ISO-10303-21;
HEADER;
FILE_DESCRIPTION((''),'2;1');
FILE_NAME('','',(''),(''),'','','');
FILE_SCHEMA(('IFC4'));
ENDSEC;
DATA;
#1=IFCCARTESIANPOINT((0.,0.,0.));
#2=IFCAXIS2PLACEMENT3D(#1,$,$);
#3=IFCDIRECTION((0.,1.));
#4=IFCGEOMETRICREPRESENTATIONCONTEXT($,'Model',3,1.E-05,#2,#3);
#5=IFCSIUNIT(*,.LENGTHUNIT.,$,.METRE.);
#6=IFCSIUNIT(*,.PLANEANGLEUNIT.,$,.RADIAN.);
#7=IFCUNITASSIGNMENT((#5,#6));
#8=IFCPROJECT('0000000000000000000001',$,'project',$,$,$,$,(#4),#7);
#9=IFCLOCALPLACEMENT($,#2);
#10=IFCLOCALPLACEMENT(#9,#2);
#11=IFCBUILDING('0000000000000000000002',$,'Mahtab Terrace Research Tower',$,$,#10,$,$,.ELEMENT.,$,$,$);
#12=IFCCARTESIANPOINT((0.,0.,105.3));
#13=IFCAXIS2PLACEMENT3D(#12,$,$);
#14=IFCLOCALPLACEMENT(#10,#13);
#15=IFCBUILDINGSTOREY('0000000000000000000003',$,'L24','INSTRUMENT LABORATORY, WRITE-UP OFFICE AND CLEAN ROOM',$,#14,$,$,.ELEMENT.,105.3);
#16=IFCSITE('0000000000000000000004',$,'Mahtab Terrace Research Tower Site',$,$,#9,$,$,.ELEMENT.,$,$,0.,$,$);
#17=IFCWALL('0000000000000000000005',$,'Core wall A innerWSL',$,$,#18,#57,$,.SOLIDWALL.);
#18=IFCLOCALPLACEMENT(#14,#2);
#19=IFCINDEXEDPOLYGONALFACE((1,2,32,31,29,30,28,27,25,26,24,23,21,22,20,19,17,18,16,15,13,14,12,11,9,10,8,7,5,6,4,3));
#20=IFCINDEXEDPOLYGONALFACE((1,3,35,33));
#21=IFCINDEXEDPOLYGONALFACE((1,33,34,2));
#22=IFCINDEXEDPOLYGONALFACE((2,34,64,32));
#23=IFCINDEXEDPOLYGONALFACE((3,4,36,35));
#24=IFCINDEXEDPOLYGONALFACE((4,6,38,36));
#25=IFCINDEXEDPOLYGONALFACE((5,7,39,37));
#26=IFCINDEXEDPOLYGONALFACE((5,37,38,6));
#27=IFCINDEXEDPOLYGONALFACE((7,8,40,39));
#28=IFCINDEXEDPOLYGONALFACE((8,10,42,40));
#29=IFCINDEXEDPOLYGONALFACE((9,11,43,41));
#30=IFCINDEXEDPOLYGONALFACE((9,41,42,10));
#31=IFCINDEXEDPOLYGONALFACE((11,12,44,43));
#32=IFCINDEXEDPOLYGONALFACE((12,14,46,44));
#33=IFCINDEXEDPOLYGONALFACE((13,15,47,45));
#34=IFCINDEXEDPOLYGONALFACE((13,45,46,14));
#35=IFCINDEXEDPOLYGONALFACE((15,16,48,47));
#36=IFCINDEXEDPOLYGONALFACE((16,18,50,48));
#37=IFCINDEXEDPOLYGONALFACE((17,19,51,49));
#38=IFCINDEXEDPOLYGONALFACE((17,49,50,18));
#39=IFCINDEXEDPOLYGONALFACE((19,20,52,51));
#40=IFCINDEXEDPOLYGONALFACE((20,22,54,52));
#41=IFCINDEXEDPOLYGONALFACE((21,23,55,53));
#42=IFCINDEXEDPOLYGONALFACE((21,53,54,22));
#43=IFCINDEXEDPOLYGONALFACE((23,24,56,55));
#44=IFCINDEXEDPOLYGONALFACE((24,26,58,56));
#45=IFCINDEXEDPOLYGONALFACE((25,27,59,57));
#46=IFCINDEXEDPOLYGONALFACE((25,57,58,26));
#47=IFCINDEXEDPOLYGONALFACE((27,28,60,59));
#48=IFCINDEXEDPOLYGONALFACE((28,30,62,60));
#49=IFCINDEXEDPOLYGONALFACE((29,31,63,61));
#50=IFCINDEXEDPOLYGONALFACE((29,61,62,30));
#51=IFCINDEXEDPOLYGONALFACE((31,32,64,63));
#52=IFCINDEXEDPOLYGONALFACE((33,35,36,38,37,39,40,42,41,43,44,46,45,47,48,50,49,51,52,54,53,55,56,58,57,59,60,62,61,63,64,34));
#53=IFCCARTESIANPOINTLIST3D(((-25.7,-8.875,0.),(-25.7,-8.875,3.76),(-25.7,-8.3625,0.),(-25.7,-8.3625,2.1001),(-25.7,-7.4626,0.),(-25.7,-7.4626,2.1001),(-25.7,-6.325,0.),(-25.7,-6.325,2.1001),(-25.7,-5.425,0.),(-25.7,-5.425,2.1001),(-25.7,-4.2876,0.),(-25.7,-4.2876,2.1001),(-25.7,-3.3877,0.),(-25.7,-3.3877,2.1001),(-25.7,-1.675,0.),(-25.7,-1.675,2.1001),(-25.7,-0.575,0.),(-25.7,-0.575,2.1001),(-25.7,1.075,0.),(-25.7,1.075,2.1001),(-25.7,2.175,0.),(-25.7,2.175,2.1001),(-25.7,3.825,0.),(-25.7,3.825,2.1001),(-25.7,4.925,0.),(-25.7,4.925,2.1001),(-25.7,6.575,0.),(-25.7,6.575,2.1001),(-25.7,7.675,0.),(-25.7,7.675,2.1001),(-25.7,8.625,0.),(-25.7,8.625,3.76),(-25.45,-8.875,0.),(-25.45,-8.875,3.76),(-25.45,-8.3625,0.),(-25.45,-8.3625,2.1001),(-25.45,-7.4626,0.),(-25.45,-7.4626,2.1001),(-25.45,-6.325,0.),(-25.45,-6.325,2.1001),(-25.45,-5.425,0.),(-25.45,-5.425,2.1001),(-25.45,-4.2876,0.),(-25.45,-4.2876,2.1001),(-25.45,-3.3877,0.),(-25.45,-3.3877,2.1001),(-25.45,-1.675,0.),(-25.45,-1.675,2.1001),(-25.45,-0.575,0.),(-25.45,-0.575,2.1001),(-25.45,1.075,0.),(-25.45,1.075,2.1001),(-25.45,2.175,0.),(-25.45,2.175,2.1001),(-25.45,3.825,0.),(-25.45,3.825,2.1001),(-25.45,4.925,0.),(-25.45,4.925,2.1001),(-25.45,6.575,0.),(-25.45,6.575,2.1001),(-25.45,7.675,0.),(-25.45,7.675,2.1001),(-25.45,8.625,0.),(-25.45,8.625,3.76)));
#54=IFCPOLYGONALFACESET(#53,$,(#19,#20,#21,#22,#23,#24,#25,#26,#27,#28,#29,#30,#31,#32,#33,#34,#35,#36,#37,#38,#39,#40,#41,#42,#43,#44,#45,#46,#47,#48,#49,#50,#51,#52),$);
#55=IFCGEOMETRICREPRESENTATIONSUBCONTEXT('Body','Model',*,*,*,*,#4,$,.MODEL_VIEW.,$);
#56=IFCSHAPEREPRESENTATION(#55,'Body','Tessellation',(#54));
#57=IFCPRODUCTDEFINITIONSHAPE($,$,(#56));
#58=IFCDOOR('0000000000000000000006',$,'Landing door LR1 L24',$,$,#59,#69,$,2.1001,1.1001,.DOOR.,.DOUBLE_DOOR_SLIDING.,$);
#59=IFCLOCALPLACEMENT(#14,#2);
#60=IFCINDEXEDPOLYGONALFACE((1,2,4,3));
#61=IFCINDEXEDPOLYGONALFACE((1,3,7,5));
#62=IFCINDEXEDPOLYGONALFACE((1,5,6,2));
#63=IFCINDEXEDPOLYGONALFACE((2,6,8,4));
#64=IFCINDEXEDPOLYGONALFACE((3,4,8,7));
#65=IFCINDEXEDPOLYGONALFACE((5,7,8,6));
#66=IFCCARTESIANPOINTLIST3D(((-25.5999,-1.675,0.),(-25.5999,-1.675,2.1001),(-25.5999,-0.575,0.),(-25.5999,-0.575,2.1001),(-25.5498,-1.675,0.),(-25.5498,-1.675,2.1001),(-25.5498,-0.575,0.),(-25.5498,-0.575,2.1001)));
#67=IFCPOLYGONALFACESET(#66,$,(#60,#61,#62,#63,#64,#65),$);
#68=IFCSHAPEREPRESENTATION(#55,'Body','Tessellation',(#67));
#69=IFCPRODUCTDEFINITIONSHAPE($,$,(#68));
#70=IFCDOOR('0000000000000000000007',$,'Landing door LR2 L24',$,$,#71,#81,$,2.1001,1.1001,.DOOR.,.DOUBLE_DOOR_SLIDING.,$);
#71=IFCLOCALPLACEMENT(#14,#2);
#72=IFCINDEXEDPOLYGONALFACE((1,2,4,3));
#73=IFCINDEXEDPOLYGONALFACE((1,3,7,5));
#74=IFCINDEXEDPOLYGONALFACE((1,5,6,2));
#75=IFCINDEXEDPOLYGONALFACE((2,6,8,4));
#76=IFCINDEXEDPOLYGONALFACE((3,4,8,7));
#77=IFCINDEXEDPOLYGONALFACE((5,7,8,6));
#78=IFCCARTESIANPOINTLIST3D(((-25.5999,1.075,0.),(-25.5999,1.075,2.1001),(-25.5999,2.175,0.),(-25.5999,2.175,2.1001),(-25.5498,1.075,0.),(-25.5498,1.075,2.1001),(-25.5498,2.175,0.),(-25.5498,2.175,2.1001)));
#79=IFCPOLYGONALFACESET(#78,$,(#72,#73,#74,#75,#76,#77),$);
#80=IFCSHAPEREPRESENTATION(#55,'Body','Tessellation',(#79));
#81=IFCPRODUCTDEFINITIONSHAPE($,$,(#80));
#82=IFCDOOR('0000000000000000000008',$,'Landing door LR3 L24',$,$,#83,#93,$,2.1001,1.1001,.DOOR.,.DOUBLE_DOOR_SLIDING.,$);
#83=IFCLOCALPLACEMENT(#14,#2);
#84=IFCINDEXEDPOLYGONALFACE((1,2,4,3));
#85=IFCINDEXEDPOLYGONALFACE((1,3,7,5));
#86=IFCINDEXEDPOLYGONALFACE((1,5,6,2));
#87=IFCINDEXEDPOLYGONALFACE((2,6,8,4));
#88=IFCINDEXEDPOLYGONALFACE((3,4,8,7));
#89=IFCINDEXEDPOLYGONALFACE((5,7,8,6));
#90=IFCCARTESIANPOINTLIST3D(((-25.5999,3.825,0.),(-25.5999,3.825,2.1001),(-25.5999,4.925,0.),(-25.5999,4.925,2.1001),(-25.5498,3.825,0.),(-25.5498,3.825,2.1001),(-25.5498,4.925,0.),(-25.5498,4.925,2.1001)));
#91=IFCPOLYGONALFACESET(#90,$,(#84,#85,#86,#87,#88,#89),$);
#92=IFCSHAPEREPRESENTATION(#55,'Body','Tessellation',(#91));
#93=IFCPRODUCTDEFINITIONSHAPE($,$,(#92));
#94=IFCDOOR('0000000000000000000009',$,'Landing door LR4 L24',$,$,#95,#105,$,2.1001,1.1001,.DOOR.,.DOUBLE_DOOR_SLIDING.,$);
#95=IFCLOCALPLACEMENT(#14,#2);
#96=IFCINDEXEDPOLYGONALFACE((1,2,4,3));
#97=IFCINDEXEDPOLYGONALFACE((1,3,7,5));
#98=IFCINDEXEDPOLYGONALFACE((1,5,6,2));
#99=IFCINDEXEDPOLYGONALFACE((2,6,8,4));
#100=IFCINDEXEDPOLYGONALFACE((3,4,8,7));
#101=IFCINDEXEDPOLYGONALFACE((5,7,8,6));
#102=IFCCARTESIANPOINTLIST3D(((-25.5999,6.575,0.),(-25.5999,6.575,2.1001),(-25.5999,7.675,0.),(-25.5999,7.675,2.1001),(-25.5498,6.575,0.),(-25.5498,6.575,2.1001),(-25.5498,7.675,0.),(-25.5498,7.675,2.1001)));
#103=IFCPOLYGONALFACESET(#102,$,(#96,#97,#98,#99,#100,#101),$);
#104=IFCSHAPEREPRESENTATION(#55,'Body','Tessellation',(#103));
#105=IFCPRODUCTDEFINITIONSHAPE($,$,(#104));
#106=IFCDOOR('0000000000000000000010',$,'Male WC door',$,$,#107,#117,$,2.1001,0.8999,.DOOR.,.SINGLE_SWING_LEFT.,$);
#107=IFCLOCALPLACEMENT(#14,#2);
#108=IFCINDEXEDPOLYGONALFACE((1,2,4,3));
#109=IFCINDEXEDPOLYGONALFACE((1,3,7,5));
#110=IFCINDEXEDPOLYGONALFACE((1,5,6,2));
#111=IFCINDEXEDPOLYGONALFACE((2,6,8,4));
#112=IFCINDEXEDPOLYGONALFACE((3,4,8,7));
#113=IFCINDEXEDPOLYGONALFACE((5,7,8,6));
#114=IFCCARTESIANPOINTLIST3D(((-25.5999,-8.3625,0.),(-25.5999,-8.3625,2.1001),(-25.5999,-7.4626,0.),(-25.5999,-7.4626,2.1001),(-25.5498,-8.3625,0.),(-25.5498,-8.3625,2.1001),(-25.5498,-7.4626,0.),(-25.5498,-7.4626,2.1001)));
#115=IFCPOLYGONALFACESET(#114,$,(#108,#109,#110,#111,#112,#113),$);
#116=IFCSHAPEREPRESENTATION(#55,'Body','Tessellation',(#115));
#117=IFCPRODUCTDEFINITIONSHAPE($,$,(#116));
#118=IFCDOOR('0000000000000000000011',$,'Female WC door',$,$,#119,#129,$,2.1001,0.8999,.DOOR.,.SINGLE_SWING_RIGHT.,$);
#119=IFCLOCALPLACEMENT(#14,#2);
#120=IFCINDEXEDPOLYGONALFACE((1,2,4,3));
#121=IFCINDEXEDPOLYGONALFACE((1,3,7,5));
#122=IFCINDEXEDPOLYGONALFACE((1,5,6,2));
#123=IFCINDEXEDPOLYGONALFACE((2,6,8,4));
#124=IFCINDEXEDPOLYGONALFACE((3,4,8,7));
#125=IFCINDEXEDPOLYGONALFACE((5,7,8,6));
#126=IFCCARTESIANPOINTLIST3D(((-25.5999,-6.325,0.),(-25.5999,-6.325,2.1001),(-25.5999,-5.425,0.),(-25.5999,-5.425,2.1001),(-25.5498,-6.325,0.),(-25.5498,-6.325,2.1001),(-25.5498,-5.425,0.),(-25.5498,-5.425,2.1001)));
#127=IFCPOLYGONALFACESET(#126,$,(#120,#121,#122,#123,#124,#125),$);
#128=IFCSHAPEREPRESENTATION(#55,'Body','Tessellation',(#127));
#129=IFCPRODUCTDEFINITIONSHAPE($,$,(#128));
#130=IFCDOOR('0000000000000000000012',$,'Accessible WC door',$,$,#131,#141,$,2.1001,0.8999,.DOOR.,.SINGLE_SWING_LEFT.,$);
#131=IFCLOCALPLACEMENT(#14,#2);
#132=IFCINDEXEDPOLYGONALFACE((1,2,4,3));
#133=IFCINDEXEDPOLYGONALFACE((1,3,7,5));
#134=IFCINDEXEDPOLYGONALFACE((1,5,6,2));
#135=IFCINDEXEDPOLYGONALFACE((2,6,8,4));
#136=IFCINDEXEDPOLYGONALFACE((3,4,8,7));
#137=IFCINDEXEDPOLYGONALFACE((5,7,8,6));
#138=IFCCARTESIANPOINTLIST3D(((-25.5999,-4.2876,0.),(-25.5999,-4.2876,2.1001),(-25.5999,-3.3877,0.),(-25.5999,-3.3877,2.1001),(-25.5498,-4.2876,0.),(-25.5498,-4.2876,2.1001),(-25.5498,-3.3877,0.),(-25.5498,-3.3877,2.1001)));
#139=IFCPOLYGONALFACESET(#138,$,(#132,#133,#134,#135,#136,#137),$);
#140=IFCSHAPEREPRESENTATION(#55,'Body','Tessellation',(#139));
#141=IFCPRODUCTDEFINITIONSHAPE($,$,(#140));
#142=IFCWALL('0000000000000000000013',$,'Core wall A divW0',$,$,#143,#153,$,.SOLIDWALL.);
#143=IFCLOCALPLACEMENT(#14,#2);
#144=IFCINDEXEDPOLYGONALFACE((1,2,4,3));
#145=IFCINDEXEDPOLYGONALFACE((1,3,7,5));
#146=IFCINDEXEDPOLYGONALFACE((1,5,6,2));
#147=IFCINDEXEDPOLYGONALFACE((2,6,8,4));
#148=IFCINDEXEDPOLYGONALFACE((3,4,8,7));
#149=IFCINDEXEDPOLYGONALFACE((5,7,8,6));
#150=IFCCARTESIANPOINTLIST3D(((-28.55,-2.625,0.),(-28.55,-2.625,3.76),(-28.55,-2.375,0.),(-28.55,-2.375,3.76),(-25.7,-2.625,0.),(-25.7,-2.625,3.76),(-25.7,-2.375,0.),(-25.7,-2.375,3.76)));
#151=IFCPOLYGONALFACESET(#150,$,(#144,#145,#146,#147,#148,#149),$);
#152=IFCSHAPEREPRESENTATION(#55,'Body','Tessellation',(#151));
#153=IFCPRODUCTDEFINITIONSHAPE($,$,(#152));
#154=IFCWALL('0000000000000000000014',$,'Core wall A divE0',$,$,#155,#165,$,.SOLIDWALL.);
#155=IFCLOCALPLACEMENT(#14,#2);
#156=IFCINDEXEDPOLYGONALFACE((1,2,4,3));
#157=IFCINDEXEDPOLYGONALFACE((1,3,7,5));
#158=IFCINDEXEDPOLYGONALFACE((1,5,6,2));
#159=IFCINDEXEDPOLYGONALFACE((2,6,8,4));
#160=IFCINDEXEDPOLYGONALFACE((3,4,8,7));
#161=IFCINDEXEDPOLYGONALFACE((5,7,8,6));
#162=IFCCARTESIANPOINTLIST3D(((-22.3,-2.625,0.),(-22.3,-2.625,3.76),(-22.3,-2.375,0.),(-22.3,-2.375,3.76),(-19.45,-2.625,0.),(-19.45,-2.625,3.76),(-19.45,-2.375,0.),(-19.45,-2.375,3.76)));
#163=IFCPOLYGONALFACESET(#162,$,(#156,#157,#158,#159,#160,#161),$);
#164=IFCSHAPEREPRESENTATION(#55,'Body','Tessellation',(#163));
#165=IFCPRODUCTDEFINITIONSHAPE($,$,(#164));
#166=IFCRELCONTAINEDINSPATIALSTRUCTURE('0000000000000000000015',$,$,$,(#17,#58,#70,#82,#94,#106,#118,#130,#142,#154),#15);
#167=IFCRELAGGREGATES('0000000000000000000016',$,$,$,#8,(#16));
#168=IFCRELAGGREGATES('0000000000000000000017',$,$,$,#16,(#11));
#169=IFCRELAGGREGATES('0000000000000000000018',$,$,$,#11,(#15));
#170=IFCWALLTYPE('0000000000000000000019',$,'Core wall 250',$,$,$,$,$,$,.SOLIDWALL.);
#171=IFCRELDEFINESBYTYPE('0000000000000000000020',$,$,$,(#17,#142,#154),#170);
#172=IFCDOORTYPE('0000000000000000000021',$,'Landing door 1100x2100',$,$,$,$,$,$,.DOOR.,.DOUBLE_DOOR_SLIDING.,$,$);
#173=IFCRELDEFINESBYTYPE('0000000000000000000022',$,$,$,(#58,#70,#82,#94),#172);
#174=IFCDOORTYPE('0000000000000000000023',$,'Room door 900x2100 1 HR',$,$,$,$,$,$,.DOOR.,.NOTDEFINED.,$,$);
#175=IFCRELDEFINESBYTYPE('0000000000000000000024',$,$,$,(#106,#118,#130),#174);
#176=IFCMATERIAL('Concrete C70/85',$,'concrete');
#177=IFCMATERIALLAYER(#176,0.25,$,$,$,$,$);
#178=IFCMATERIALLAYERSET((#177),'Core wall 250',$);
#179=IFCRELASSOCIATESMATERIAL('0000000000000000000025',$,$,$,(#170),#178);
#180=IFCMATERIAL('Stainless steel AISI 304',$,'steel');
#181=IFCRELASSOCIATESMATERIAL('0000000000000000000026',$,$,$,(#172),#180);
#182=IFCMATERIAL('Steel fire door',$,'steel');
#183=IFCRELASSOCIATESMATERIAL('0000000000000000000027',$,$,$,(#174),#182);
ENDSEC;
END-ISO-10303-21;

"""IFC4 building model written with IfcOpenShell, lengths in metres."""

from ifc_helpers import new_model, si_unit, direction, frame, frame_2d, origin, place, context, subcontext, project, spatial, rectangle, extrude, material, layer, layer_set, type_object, element, fill, save


model = new_model("IFC4")

# Units and contexts
model_context = context("Model", 3, precision=1e-05, world=origin(), true_north=direction((0.0, 1.0)))
body_context = subcontext(model_context, "Body", "Model", "MODEL_VIEW")
ifc_project = project(units=[si_unit("LENGTHUNIT", "METRE"), si_unit("PLANEANGLEUNIT", "RADIAN")], contexts=[model_context])

# Site, building, storey
site_placement = place(None, origin())
site = spatial("IfcSite", under=ifc_project, at=site_placement, Name="Mahtab Terrace Research Tower Site", CompositionType="ELEMENT", RefElevation=0.0)
building_placement = place(site_placement, origin())
building = spatial("IfcBuilding", under=site, at=building_placement, Name="Mahtab Terrace Research Tower", CompositionType="ELEMENT")
storey_placement = place(building_placement, frame((0.0, 0.0, 105.3)))
storey = spatial("IfcBuildingStorey", under=building, at=storey_placement, Name="L24", Description="INSTRUMENT LABORATORY, WRITE-UP OFFICE AND CLEAN ROOM", CompositionType="ELEMENT", Elevation=105.3)

# Shared definitions
ifc_material_1 = material(Name="Concrete C70/85", Category="concrete")

# Shared definitions
ifc_layer_1 = layer(ifc_material_1, 0.25)
ifc_layer_set_1 = layer_set([ifc_layer_1], Name="Core wall 250")
wall_type_1 = type_object("IfcWallType", Name="Core wall 250", PredefinedType="SOLIDWALL", material=ifc_layer_set_1)

# Shared definitions
ifc_material_2 = material(Name="Steel fire door", Category="steel")

# Wall, openings, doors
wall_1_placement = place(storey_placement, frame((-25.575, -8.875, 0.0), z_axis=(0.0, 0.0, 1.0), x_axis=(0.0, 1.0, 0.0)))
wall_1 = element("IfcWall", 1, at=wall_1_placement, inside=storey, type_object=wall_type_1, Name="Core wall A innerWSL", PredefinedType="SOLIDWALL", context=body_context, shape_type="SweptSolid", body=[
    extrude(rectangle(XDim=17.5, YDim=0.25, at=frame_2d((8.75, 0.0))), origin(), (0.0, 0.0, 1.0), 3.76),
])
opening_1_placement = place(wall_1_placement, frame((7.2, 0.0, 0.0)))
opening_1 = element("IfcOpeningElement", 2, at=opening_1_placement, cuts=wall_1, PredefinedType="OPENING", context=body_context, shape_type="SweptSolid", body=[
    extrude(rectangle(XDim=1.1001, YDim=2.1001, at=frame_2d((0.55, 1.05))), frame((0.0, 0.135, 0.0), z_axis=(0.0, -1.0, 0.0), x_axis=(1.0, 0.0, 0.0)), (0.0, 0.0, 1.0), 0.27),
])
opening_2_placement = place(wall_1_placement, frame((9.95, 0.0, 0.0)))
opening_2 = element("IfcOpeningElement", 3, at=opening_2_placement, cuts=wall_1, PredefinedType="OPENING", context=body_context, shape_type="SweptSolid", body=[
    extrude(rectangle(XDim=1.1001, YDim=2.1001, at=frame_2d((0.55, 1.05))), frame((0.0, 0.135, 0.0), z_axis=(0.0, -1.0, 0.0), x_axis=(1.0, 0.0, 0.0)), (0.0, 0.0, 1.0), 0.27),
])
opening_3_placement = place(wall_1_placement, frame((12.7, 0.0, 0.0)))
opening_3 = element("IfcOpeningElement", 4, at=opening_3_placement, cuts=wall_1, PredefinedType="OPENING", context=body_context, shape_type="SweptSolid", body=[
    extrude(rectangle(XDim=1.1001, YDim=2.1001, at=frame_2d((0.55, 1.05))), frame((0.0, 0.135, 0.0), z_axis=(0.0, -1.0, 0.0), x_axis=(1.0, 0.0, 0.0)), (0.0, 0.0, 1.0), 0.27),
])
opening_4_placement = place(wall_1_placement, frame((15.45, 0.0, 0.0)))
opening_4 = element("IfcOpeningElement", 5, at=opening_4_placement, cuts=wall_1, PredefinedType="OPENING", context=body_context, shape_type="SweptSolid", body=[
    extrude(rectangle(XDim=1.1001, YDim=2.1001, at=frame_2d((0.55, 1.05))), frame((0.0, 0.135, 0.0), z_axis=(0.0, -1.0, 0.0), x_axis=(1.0, 0.0, 0.0)), (0.0, 0.0, 1.0), 0.27),
])
opening_5_placement = place(wall_1_placement, frame((0.5125, 0.0, 0.0)))
opening_5 = element("IfcOpeningElement", 6, at=opening_5_placement, cuts=wall_1, PredefinedType="OPENING", context=body_context, shape_type="SweptSolid", body=[
    extrude(rectangle(XDim=0.8999, YDim=2.1001, at=frame_2d((0.45, 1.05))), frame((0.0, 0.135, 0.0), z_axis=(0.0, -1.0, 0.0), x_axis=(1.0, 0.0, 0.0)), (0.0, 0.0, 1.0), 0.27),
])
opening_6_placement = place(wall_1_placement, frame((2.55, 0.0, 0.0)))
opening_6 = element("IfcOpeningElement", 7, at=opening_6_placement, cuts=wall_1, PredefinedType="OPENING", context=body_context, shape_type="SweptSolid", body=[
    extrude(rectangle(XDim=0.8999, YDim=2.1001, at=frame_2d((0.45, 1.05))), frame((0.0, 0.135, 0.0), z_axis=(0.0, -1.0, 0.0), x_axis=(1.0, 0.0, 0.0)), (0.0, 0.0, 1.0), 0.27),
])
opening_7_placement = place(wall_1_placement, frame((4.5874, 0.0, 0.0)))
opening_7 = element("IfcOpeningElement", 8, at=opening_7_placement, cuts=wall_1, PredefinedType="OPENING", context=body_context, shape_type="SweptSolid", body=[
    extrude(rectangle(XDim=0.8999, YDim=2.1001, at=frame_2d((0.45, 1.05))), frame((0.0, 0.135, 0.0), z_axis=(0.0, -1.0, 0.0), x_axis=(1.0, 0.0, 0.0)), (0.0, 0.0, 1.0), 0.27),
])
ifc_material_3 = material(Name="Stainless steel AISI 304", Category="steel")
door_type_1 = type_object("IfcDoorType", Name="Landing door 1100x2100", OperationType="DOUBLE_DOOR_SLIDING", PredefinedType="DOOR", material=ifc_material_3)
door_1_placement = place(opening_1_placement, origin())
door_1 = element("IfcDoor", 9, at=door_1_placement, inside=storey, type_object=door_type_1, Name="Landing door LR1 L24", OperationType="DOUBLE_DOOR_SLIDING", OverallHeight=2.1001, OverallWidth=1.1001, PredefinedType="DOOR", context=body_context, shape_type="SweptSolid", body=[
    extrude(rectangle(XDim=1.1001, YDim=2.1001, at=frame_2d((0.55, 1.05))), frame((0.0, 0.0249, 0.0), z_axis=(0.0, -1.0, 0.0), x_axis=(1.0, 0.0, 0.0)), (0.0, 0.0, 1.0), 0.05),
])
fill(opening_1, door_1)
door_2_placement = place(opening_2_placement, origin())
door_2 = element("IfcDoor", 10, at=door_2_placement, inside=storey, type_object=door_type_1, Name="Landing door LR2 L24", OperationType="DOUBLE_DOOR_SLIDING", OverallHeight=2.1001, OverallWidth=1.1001, PredefinedType="DOOR", context=body_context, shape_type="SweptSolid", body=[
    extrude(rectangle(XDim=1.1001, YDim=2.1001, at=frame_2d((0.55, 1.05))), frame((0.0, 0.0249, 0.0), z_axis=(0.0, -1.0, 0.0), x_axis=(1.0, 0.0, 0.0)), (0.0, 0.0, 1.0), 0.05),
])
fill(opening_2, door_2)
door_3_placement = place(opening_3_placement, origin())
door_3 = element("IfcDoor", 11, at=door_3_placement, inside=storey, type_object=door_type_1, Name="Landing door LR3 L24", OperationType="DOUBLE_DOOR_SLIDING", OverallHeight=2.1001, OverallWidth=1.1001, PredefinedType="DOOR", context=body_context, shape_type="SweptSolid", body=[
    extrude(rectangle(XDim=1.1001, YDim=2.1001, at=frame_2d((0.55, 1.05))), frame((0.0, 0.0249, 0.0), z_axis=(0.0, -1.0, 0.0), x_axis=(1.0, 0.0, 0.0)), (0.0, 0.0, 1.0), 0.05),
])
fill(opening_3, door_3)
door_4_placement = place(opening_4_placement, origin())
door_4 = element("IfcDoor", 12, at=door_4_placement, inside=storey, type_object=door_type_1, Name="Landing door LR4 L24", OperationType="DOUBLE_DOOR_SLIDING", OverallHeight=2.1001, OverallWidth=1.1001, PredefinedType="DOOR", context=body_context, shape_type="SweptSolid", body=[
    extrude(rectangle(XDim=1.1001, YDim=2.1001, at=frame_2d((0.55, 1.05))), frame((0.0, 0.0249, 0.0), z_axis=(0.0, -1.0, 0.0), x_axis=(1.0, 0.0, 0.0)), (0.0, 0.0, 1.0), 0.05),
])
fill(opening_4, door_4)
door_type_2 = type_object("IfcDoorType", Name="Room door 900x2100 1 HR", OperationType="NOTDEFINED", PredefinedType="DOOR", material=ifc_material_2)
door_5_placement = place(opening_5_placement, origin())
door_5 = element("IfcDoor", 13, at=door_5_placement, inside=storey, type_object=door_type_2, Name="Male WC door", OperationType="SINGLE_SWING_LEFT", OverallHeight=2.1001, OverallWidth=0.8999, PredefinedType="DOOR", context=body_context, shape_type="SweptSolid", body=[
    extrude(rectangle(XDim=0.8999, YDim=2.1001, at=frame_2d((0.45, 1.05))), frame((0.0, 0.0249, 0.0), z_axis=(0.0, -1.0, 0.0), x_axis=(1.0, 0.0, 0.0)), (0.0, 0.0, 1.0), 0.05),
])
fill(opening_5, door_5)
door_6_placement = place(opening_6_placement, origin())
door_6 = element("IfcDoor", 14, at=door_6_placement, inside=storey, type_object=door_type_2, Name="Female WC door", OperationType="SINGLE_SWING_RIGHT", OverallHeight=2.1001, OverallWidth=0.8999, PredefinedType="DOOR", context=body_context, shape_type="SweptSolid", body=[
    extrude(rectangle(XDim=0.8999, YDim=2.1001, at=frame_2d((0.45, 1.05))), frame((0.0, 0.0249, 0.0), z_axis=(0.0, -1.0, 0.0), x_axis=(1.0, 0.0, 0.0)), (0.0, 0.0, 1.0), 0.05),
])
fill(opening_6, door_6)
door_7_placement = place(opening_7_placement, origin())
door_7 = element("IfcDoor", 15, at=door_7_placement, inside=storey, type_object=door_type_2, Name="Accessible WC door", OperationType="SINGLE_SWING_LEFT", OverallHeight=2.1001, OverallWidth=0.8999, PredefinedType="DOOR", context=body_context, shape_type="SweptSolid", body=[
    extrude(rectangle(XDim=0.8999, YDim=2.1001, at=frame_2d((0.45, 1.05))), frame((0.0, 0.0249, 0.0), z_axis=(0.0, -1.0, 0.0), x_axis=(1.0, 0.0, 0.0)), (0.0, 0.0, 1.0), 0.05),
])
fill(opening_7, door_7)

# Walls
for number, where, z_axis, x_axis, name in (
    (16, (-28.55, -2.5, 0.0), (0.0, 0.0, 1.0), (1.0, 0.0, 0.0), "Core wall A divW0"),
    (17, (-22.3, -2.5, 0.0), (0.0, 0.0, 1.0), (1.0, 0.0, 0.0), "Core wall A divE0"),
):
    element("IfcWall", number, at=place(storey_placement, frame(where, z_axis=z_axis, x_axis=x_axis)), inside=storey, type_object=wall_type_1, Name=name, PredefinedType="SOLIDWALL", context=body_context, shape_type="SweptSolid", body=[
        extrude(rectangle(XDim=2.8501, YDim=0.25, at=frame_2d((1.425, 0.0))), origin(), (0.0, 0.0, 1.0), 3.76),
    ])

save(model, "model.ifc")
